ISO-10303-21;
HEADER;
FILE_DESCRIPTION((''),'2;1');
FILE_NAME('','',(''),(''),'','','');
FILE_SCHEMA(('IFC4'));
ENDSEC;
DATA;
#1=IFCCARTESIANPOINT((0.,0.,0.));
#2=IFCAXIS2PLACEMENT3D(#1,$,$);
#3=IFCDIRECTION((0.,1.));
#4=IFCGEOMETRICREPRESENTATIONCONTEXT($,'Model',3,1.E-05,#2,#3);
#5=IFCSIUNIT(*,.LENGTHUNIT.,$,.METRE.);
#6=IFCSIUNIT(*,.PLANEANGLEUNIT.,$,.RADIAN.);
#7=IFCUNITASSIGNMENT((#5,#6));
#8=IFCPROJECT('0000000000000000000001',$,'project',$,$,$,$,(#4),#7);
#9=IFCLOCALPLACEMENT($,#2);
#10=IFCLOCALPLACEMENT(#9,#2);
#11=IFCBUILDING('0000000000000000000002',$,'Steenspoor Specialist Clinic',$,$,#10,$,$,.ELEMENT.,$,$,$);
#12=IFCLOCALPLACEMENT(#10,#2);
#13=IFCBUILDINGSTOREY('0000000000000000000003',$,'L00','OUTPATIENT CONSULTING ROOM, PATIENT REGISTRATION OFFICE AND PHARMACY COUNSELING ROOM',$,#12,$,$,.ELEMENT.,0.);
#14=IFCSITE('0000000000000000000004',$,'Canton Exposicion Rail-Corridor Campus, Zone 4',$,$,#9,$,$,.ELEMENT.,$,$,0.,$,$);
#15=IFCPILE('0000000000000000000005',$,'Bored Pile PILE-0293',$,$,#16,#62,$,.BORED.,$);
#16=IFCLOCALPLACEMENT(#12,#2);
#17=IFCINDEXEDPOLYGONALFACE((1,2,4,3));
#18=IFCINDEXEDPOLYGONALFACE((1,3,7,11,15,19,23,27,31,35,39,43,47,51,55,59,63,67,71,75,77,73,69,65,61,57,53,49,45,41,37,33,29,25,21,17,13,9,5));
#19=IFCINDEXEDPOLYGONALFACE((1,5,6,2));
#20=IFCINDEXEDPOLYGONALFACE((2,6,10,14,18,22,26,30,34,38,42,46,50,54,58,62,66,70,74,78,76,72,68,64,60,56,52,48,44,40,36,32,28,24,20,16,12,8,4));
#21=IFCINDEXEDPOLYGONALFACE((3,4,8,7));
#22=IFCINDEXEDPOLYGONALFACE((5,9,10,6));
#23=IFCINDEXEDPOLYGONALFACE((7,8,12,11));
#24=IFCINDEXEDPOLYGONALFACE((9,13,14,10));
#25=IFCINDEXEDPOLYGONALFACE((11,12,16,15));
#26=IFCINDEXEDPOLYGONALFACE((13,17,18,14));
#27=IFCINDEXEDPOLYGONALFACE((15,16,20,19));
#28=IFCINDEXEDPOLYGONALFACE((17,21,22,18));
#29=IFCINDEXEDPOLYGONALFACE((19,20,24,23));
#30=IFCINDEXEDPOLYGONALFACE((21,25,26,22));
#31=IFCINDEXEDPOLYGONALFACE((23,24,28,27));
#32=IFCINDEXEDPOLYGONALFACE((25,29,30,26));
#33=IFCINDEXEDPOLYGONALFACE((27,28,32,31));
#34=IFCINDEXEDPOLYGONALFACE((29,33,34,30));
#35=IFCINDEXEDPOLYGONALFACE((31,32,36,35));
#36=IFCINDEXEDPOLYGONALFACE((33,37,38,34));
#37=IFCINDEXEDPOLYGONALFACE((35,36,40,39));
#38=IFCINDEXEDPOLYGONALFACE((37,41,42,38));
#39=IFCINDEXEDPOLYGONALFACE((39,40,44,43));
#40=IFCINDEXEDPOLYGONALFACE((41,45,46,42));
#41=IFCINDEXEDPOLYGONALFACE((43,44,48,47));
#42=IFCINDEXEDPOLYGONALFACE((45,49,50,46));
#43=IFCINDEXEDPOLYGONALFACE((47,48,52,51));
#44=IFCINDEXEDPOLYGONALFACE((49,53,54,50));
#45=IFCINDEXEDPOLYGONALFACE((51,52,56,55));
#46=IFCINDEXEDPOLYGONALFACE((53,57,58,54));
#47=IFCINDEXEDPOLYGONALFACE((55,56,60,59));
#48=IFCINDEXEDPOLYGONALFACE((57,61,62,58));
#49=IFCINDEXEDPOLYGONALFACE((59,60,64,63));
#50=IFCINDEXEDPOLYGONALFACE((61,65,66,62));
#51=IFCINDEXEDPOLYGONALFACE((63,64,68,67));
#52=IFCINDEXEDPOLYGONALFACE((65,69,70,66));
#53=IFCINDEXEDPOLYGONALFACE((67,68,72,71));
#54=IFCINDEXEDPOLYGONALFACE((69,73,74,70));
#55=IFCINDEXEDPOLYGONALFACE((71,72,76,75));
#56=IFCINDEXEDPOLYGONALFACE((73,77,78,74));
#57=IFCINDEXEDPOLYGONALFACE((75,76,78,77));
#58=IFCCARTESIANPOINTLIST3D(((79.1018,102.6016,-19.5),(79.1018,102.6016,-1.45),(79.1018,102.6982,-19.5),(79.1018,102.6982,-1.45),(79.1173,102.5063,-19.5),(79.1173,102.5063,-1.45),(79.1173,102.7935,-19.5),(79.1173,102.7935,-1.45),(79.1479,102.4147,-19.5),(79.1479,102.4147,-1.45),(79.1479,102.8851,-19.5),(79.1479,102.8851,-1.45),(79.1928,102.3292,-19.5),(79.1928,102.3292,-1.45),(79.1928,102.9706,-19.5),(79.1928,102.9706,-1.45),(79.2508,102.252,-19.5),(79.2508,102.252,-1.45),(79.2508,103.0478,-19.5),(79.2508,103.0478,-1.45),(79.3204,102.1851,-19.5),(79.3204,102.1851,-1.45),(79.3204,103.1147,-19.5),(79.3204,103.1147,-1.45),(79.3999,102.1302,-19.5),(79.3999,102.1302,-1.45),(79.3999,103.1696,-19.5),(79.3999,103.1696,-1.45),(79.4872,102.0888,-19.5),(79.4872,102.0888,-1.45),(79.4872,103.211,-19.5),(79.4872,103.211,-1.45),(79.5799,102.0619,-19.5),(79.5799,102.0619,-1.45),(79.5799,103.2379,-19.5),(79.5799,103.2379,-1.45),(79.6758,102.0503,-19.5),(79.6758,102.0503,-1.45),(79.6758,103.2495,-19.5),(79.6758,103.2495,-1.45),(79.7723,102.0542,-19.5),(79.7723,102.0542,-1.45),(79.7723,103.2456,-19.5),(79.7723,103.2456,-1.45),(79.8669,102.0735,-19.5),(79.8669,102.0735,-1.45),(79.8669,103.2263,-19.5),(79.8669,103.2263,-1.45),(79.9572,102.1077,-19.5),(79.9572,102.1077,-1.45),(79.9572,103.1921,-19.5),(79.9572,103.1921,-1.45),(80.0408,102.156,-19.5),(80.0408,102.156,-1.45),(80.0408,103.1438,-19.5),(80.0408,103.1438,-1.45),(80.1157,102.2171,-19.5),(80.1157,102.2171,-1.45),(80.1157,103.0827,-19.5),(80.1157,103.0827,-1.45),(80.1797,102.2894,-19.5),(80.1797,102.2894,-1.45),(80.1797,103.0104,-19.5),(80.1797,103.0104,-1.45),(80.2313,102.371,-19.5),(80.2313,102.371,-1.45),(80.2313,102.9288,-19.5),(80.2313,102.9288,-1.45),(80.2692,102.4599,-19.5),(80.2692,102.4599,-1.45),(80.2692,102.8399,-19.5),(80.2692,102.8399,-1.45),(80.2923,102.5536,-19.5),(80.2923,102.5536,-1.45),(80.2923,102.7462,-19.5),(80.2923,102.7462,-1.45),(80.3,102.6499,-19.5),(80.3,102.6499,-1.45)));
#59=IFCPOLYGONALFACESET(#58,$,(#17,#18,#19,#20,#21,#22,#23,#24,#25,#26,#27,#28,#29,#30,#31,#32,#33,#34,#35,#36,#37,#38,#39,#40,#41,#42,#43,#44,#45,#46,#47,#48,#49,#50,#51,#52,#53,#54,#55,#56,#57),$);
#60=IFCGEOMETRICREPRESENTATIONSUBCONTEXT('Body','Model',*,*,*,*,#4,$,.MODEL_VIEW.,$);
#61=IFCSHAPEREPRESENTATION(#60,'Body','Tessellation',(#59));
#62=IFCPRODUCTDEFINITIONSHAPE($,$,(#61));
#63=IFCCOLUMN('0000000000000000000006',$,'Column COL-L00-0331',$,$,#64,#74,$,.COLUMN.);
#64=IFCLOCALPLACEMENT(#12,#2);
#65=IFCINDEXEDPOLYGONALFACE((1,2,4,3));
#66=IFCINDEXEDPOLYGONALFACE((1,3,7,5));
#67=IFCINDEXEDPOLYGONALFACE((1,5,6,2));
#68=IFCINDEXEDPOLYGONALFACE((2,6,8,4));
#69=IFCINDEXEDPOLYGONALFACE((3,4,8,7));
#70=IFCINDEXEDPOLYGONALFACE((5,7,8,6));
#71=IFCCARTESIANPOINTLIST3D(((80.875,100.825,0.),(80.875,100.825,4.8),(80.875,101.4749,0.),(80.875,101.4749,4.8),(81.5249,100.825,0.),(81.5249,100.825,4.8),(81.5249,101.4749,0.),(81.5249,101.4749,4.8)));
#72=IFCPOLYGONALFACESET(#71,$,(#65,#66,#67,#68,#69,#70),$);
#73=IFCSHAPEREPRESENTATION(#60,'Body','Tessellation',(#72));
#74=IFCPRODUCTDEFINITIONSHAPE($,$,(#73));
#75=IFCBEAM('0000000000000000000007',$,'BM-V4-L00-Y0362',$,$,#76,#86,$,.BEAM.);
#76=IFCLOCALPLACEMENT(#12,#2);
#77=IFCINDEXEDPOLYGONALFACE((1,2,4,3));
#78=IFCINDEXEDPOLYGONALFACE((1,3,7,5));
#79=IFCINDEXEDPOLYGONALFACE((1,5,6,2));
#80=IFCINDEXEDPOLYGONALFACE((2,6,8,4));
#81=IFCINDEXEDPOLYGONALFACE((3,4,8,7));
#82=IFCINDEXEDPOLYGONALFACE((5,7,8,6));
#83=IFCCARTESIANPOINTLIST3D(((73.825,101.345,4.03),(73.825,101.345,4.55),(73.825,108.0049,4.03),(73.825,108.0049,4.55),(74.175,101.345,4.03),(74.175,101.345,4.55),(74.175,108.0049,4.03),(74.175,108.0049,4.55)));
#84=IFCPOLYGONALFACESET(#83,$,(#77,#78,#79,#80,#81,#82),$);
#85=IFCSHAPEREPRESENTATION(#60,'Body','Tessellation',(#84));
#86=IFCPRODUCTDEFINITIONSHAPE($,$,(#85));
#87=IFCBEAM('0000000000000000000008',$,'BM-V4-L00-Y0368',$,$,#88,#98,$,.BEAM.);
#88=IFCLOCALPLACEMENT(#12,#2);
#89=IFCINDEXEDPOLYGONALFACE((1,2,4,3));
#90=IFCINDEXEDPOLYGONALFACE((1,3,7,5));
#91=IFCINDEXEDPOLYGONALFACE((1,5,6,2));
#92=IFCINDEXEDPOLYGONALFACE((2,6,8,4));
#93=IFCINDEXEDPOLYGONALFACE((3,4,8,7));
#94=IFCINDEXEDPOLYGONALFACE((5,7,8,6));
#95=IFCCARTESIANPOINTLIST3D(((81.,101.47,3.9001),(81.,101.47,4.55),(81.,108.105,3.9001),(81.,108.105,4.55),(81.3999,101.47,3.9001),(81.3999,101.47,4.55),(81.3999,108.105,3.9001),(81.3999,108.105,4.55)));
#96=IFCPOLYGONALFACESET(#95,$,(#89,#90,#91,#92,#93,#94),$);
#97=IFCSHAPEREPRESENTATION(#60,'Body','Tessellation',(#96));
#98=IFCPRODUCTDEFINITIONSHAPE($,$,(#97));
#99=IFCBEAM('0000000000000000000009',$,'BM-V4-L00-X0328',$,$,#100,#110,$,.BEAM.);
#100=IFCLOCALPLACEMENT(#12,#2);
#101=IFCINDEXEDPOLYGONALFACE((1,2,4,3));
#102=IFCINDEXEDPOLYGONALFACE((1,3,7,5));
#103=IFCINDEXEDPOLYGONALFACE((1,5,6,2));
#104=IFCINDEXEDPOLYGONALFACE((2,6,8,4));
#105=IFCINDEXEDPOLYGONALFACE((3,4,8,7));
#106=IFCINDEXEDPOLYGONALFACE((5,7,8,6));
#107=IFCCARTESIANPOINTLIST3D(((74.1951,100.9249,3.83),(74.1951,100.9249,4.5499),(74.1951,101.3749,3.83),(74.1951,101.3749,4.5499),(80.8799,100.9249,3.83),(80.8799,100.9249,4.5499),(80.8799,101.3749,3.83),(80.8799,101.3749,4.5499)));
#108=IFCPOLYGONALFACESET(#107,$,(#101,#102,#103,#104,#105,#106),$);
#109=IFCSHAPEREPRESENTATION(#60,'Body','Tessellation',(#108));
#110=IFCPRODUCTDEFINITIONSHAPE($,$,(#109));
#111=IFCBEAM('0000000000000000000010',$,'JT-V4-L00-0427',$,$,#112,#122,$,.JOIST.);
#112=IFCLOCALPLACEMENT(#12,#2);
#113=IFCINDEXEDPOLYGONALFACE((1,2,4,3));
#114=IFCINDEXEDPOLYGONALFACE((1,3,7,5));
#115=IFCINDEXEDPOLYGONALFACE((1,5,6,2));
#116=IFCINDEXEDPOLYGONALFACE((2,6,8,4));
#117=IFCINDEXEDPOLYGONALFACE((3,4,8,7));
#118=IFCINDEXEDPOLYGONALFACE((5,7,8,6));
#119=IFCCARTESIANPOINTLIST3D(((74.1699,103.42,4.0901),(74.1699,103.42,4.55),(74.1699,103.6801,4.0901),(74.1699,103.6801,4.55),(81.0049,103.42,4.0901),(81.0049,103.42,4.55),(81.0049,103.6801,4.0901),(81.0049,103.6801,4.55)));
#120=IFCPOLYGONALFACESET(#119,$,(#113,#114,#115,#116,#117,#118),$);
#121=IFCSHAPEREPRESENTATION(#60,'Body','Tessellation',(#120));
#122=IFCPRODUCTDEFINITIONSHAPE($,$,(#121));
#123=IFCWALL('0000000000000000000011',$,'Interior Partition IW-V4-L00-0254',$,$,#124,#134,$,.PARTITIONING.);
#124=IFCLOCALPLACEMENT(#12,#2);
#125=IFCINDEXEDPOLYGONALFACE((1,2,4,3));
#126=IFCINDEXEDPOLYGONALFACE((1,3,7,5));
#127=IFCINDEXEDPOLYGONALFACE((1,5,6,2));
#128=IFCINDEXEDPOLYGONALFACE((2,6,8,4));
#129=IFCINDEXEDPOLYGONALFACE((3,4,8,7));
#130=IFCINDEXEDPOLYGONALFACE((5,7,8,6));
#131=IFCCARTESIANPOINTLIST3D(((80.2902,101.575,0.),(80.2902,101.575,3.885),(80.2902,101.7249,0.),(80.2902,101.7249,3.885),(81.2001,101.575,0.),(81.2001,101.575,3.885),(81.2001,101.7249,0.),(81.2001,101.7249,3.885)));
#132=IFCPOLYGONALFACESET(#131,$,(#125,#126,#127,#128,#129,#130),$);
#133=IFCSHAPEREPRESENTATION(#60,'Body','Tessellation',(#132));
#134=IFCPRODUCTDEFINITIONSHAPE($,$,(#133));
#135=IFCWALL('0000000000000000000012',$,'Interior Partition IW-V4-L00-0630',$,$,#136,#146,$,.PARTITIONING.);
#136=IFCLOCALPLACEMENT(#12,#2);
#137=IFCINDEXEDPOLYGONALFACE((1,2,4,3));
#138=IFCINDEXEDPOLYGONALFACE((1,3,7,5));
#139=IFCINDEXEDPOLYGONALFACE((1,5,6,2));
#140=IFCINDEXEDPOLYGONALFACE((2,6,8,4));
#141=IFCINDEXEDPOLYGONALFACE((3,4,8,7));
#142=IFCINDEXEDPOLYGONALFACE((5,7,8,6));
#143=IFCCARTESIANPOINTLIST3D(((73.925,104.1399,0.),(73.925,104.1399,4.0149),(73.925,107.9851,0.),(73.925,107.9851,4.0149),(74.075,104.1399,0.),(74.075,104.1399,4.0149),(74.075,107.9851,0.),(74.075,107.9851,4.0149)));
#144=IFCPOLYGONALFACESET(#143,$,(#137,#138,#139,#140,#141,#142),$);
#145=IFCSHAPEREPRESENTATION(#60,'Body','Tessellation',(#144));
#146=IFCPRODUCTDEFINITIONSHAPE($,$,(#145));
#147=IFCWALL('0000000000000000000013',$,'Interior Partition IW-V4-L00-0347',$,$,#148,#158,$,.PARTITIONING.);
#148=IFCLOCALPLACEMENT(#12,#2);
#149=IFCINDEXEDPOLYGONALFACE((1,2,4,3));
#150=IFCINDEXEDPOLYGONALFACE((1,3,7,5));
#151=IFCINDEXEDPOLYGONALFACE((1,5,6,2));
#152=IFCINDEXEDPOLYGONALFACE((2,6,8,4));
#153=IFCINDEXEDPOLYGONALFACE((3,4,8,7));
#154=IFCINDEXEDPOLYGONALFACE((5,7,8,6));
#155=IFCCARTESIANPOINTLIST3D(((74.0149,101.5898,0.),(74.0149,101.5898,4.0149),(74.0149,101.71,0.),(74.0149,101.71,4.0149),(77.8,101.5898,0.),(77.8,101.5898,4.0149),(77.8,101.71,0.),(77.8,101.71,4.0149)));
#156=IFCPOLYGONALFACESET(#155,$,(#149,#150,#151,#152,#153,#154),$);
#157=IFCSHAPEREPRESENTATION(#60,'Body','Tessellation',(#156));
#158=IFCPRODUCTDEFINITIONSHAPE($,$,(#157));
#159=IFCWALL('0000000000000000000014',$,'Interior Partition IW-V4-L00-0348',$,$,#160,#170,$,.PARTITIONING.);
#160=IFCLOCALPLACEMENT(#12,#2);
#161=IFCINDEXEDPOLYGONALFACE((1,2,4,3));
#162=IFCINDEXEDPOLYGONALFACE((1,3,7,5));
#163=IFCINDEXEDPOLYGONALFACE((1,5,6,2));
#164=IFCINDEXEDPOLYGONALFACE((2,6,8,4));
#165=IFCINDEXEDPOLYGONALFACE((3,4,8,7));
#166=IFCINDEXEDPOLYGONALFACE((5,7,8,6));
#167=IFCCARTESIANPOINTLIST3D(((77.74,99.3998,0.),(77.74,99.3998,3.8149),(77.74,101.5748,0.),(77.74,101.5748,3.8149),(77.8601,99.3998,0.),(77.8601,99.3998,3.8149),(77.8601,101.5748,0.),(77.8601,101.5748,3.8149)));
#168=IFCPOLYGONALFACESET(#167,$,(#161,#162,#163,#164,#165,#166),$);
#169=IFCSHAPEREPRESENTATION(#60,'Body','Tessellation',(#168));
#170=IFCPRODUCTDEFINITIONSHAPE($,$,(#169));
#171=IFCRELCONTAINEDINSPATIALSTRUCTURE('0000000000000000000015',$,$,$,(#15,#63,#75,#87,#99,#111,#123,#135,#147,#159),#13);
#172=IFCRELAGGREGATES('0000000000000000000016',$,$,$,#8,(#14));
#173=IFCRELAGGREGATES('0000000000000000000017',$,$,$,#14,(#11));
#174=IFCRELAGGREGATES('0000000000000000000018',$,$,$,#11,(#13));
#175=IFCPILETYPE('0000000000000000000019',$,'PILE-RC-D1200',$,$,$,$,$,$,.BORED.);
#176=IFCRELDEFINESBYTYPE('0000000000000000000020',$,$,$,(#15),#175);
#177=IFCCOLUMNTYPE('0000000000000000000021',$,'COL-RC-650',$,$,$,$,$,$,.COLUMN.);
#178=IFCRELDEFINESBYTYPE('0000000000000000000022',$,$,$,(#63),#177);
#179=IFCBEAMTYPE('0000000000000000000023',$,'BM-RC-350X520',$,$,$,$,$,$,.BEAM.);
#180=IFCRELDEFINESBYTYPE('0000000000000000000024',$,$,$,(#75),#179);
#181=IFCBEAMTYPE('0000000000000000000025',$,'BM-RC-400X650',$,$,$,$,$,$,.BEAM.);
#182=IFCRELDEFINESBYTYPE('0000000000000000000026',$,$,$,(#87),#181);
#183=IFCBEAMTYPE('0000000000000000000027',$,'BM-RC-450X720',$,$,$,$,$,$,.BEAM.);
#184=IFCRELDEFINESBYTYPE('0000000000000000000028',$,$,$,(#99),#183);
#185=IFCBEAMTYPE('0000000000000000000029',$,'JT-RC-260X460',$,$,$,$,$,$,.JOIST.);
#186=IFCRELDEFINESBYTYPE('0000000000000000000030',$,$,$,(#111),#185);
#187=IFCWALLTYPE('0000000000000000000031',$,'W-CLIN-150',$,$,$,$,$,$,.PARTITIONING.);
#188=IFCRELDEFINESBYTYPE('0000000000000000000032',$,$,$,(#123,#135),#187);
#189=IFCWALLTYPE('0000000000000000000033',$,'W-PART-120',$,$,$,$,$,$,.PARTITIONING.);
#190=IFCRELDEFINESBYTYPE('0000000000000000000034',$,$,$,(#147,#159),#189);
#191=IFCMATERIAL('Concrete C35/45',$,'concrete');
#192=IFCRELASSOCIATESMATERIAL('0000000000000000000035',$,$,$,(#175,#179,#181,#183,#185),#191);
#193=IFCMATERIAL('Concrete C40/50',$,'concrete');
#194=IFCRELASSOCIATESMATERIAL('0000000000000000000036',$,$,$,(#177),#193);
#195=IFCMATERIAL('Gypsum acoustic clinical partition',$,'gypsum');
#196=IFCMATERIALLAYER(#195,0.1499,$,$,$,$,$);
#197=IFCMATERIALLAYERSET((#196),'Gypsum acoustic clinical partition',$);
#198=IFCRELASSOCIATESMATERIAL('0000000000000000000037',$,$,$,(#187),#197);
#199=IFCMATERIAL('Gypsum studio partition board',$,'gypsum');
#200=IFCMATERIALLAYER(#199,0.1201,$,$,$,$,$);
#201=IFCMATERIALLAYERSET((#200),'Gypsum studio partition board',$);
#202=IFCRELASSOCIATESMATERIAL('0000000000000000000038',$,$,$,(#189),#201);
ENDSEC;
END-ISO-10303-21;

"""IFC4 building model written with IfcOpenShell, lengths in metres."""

from ifc_helpers import new_model, si_unit, direction, frame, frame_2d, origin, origin_2d, place, context, subcontext, project, spatial, rectangle, circle, extrude, material, layer, layer_set, material_profile, profile_set, type_object, element, save


model = new_model("IFC4")

# Units and contexts
model_context = context("Model", 3, precision=1e-05, world=origin(), true_north=direction((0.0, 1.0)))
body_context = subcontext(model_context, "Body", "Model", "MODEL_VIEW")
ifc_project = project(units=[si_unit("LENGTHUNIT", "METRE"), si_unit("PLANEANGLEUNIT", "RADIAN")], contexts=[model_context])

# Site, building, storey
site_placement = place(None, origin())
site = spatial("IfcSite", under=ifc_project, at=site_placement, Name="Canton Exposicion Rail-Corridor Campus, Zone 4", CompositionType="ELEMENT", RefElevation=0.0)
building_placement = place(site_placement, origin())
building = spatial("IfcBuilding", under=site, at=building_placement, Name="Steenspoor Specialist Clinic", CompositionType="ELEMENT")
storey_placement = place(building_placement, origin())
storey = spatial("IfcBuildingStorey", under=building, at=storey_placement, Name="L00", Description="OUTPATIENT CONSULTING ROOM, PATIENT REGISTRATION OFFICE AND PHARMACY COUNSELING ROOM", CompositionType="ELEMENT", Elevation=0.0)

# Shared definitions
ifc_material_1 = material(Name="Concrete C35/45", Category="concrete")

# Pile
ifc_material_profile_1 = material_profile(ifc_material_1, circle(Radius=0.6001, at=origin_2d()), Name="PILE-D1200")
ifc_profile_set_1 = profile_set([ifc_material_profile_1], Name="Concrete C35/45")
pile_type_1 = type_object("IfcPileType", Name="PILE-RC-D1200", PredefinedType="BORED", material=ifc_profile_set_1)
for number, where, z_axis, x_axis, name in (
    (1, (79.7, 102.6499, -1.45), (0.0, 0.0, -1.0), (1.0, 0.0, 0.0), "Bored Pile PILE-0293"),
):
    element("IfcPile", number, at=place(storey_placement, frame(where, z_axis=z_axis, x_axis=x_axis)), inside=storey, type_object=pile_type_1, Name=name, PredefinedType="BORED", context=body_context, shape_type="SweptSolid", body=[
        extrude(circle(Radius=0.6001, at=origin_2d()), origin(), (0.0, 0.0, 1.0), 18.05),
    ])

# Column
ifc_material_2 = material(Name="Concrete C40/50", Category="concrete")
ifc_material_profile_2 = material_profile(ifc_material_2, rectangle(XDim=0.6499, YDim=0.6499, at=origin_2d()), Name="RC-COL-650X650")
ifc_profile_set_2 = profile_set([ifc_material_profile_2], Name="Concrete C40/50")
column_type = type_object("IfcColumnType", Name="COL-RC-650", PredefinedType="COLUMN", material=ifc_profile_set_2)
column_placement = place(storey_placement, frame((81.2, 101.1499, 0.0), z_axis=(0.0, 0.0, 1.0), x_axis=(1.0, 0.0, 0.0)))
element("IfcColumn", 2, at=column_placement, inside=storey, type_object=column_type, Name="Column COL-L00-0331", PredefinedType="COLUMN", context=body_context, shape_type="SweptSolid", body=[
    extrude(rectangle(XDim=0.6499, YDim=0.6499, at=origin_2d()), origin(), (0.0, 0.0, 1.0), 4.8),
])

# Beams
ifc_material_profile_3 = material_profile(ifc_material_1, rectangle(XDim=0.3501, YDim=0.52, at=origin_2d()), Name="RC-BM-350X520")
ifc_profile_set_3 = profile_set([ifc_material_profile_3], Name="Concrete C35/45")
beam_type_1 = type_object("IfcBeamType", Name="BM-RC-350X520", PredefinedType="BEAM", material=ifc_profile_set_3)
beam_1_placement = place(storey_placement, frame((74.0, 101.345, 4.29), z_axis=(0.0, 1.0, 0.0), x_axis=(-1.0, 0.0, 0.0)))
element("IfcBeam", 3, at=beam_1_placement, inside=storey, type_object=beam_type_1, Name="BM-V4-L00-Y0362", PredefinedType="BEAM", context=body_context, shape_type="SweptSolid", body=[
    extrude(rectangle(XDim=0.3501, YDim=0.52, at=origin_2d()), origin(), (0.0, 0.0, 1.0), 6.6599),
])
ifc_material_profile_4 = material_profile(ifc_material_1, rectangle(XDim=0.3999, YDim=0.6499, at=origin_2d()), Name="RC-BM-400X650")
ifc_profile_set_4 = profile_set([ifc_material_profile_4], Name="Concrete C35/45")
beam_type_2 = type_object("IfcBeamType", Name="BM-RC-400X650", PredefinedType="BEAM", material=ifc_profile_set_4)
beam_2_placement = place(storey_placement, frame((81.2, 101.47, 4.2251), z_axis=(0.0, 1.0, 0.0), x_axis=(-1.0, 0.0, 0.0)))
element("IfcBeam", 4, at=beam_2_placement, inside=storey, type_object=beam_type_2, Name="BM-V4-L00-Y0368", PredefinedType="BEAM", context=body_context, shape_type="SweptSolid", body=[
    extrude(rectangle(XDim=0.3999, YDim=0.6499, at=origin_2d()), origin(), (0.0, 0.0, 1.0), 6.635),
])
ifc_material_profile_5 = material_profile(ifc_material_1, rectangle(XDim=0.45, YDim=0.72, at=origin_2d()), Name="RC-BM-450X720")
ifc_profile_set_5 = profile_set([ifc_material_profile_5], Name="Concrete C35/45")
beam_type_3 = type_object("IfcBeamType", Name="BM-RC-450X720", PredefinedType="BEAM", material=ifc_profile_set_5)
beam_3_placement = place(storey_placement, frame((74.1951, 101.1499, 4.1899), z_axis=(1.0, 0.0, 0.0), x_axis=(0.0, 1.0, 0.0)))
element("IfcBeam", 5, at=beam_3_placement, inside=storey, type_object=beam_type_3, Name="BM-V4-L00-X0328", PredefinedType="BEAM", context=body_context, shape_type="SweptSolid", body=[
    extrude(rectangle(XDim=0.45, YDim=0.72, at=origin_2d()), origin(), (0.0, 0.0, 1.0), 6.6848),
])
ifc_material_profile_6 = material_profile(ifc_material_1, rectangle(XDim=0.26, YDim=0.46, at=origin_2d()), Name="RC-JT-260X460")
ifc_profile_set_6 = profile_set([ifc_material_profile_6], Name="Concrete C35/45")
beam_type_4 = type_object("IfcBeamType", Name="JT-RC-260X460", PredefinedType="JOIST", material=ifc_profile_set_6)
beam_4_placement = place(storey_placement, frame((74.1699, 103.55, 4.3201), z_axis=(1.0, 0.0, 0.0), x_axis=(0.0, 1.0, 0.0)))
element("IfcBeam", 6, at=beam_4_placement, inside=storey, type_object=beam_type_4, Name="JT-V4-L00-0427", PredefinedType="JOIST", context=body_context, shape_type="SweptSolid", body=[
    extrude(rectangle(XDim=0.26, YDim=0.46, at=origin_2d()), origin(), (0.0, 0.0, 1.0), 6.835),
])

# Wall
ifc_material_3 = material(Name="Gypsum acoustic clinical partition", Category="gypsum")
ifc_layer_1 = layer(ifc_material_3, 0.1499)
ifc_layer_set_1 = layer_set([ifc_layer_1], Name="Gypsum acoustic clinical partition")
wall_type_1 = type_object("IfcWallType", Name="W-CLIN-150", PredefinedType="PARTITIONING", material=ifc_layer_set_1)
wall_1_placement = place(storey_placement, frame((80.29, 101.6499, 0.0), z_axis=(0.0, 0.0, 1.0), x_axis=(1.0, 0.0, 0.0)))
element("IfcWall", 7, at=wall_1_placement, inside=storey, type_object=wall_type_1, Name="Interior Partition IW-V4-L00-0254", PredefinedType="PARTITIONING", context=body_context, shape_type="SweptSolid", body=[
    extrude(rectangle(XDim=0.9099, YDim=0.1499, at=frame_2d((0.4551, 0.0))), origin(), (0.0, 0.0, 1.0), 3.885),
])

# Walls
wall_2_placement = place(storey_placement, frame((74.0, 104.1399, 0.0), z_axis=(0.0, 0.0, 1.0), x_axis=(0.0, 1.0, 0.0)))
element("IfcWall", 8, at=wall_2_placement, inside=storey, type_object=wall_type_1, Name="Interior Partition IW-V4-L00-0630", PredefinedType="PARTITIONING", context=body_context, shape_type="SweptSolid", body=[
    extrude(rectangle(XDim=3.8452, YDim=0.1499, at=frame_2d((1.9226, 0.0))), origin(), (0.0, 0.0, 1.0), 4.0149),
])
ifc_material_4 = material(Name="Gypsum studio partition board", Category="gypsum")
ifc_layer_2 = layer(ifc_material_4, 0.1201)
ifc_layer_set_2 = layer_set([ifc_layer_2], Name="Gypsum studio partition board")
wall_type_2 = type_object("IfcWallType", Name="W-PART-120", PredefinedType="PARTITIONING", material=ifc_layer_set_2)
wall_3_placement = place(storey_placement, frame((74.0149, 101.6499, 0.0), z_axis=(0.0, 0.0, 1.0), x_axis=(1.0, 0.0, 0.0)))
element("IfcWall", 9, at=wall_3_placement, inside=storey, type_object=wall_type_2, Name="Interior Partition IW-V4-L00-0347", PredefinedType="PARTITIONING", context=body_context, shape_type="SweptSolid", body=[
    extrude(rectangle(XDim=3.7852, YDim=0.1201, at=frame_2d((1.8926, 0.0))), origin(), (0.0, 0.0, 1.0), 4.0149),
])
wall_4_placement = place(storey_placement, frame((77.8, 99.3999, 0.0), z_axis=(0.0, 0.0, 1.0), x_axis=(0.0, 1.0, 0.0)))
element("IfcWall", 10, at=wall_4_placement, inside=storey, type_object=wall_type_2, Name="Interior Partition IW-V4-L00-0348", PredefinedType="PARTITIONING", context=body_context, shape_type="SweptSolid", body=[
    extrude(rectangle(XDim=2.175, YDim=0.1201, at=frame_2d((1.0874, 0.0))), origin(), (0.0, 0.0, 1.0), 3.8149),
])

save(model, "model.ifc")
